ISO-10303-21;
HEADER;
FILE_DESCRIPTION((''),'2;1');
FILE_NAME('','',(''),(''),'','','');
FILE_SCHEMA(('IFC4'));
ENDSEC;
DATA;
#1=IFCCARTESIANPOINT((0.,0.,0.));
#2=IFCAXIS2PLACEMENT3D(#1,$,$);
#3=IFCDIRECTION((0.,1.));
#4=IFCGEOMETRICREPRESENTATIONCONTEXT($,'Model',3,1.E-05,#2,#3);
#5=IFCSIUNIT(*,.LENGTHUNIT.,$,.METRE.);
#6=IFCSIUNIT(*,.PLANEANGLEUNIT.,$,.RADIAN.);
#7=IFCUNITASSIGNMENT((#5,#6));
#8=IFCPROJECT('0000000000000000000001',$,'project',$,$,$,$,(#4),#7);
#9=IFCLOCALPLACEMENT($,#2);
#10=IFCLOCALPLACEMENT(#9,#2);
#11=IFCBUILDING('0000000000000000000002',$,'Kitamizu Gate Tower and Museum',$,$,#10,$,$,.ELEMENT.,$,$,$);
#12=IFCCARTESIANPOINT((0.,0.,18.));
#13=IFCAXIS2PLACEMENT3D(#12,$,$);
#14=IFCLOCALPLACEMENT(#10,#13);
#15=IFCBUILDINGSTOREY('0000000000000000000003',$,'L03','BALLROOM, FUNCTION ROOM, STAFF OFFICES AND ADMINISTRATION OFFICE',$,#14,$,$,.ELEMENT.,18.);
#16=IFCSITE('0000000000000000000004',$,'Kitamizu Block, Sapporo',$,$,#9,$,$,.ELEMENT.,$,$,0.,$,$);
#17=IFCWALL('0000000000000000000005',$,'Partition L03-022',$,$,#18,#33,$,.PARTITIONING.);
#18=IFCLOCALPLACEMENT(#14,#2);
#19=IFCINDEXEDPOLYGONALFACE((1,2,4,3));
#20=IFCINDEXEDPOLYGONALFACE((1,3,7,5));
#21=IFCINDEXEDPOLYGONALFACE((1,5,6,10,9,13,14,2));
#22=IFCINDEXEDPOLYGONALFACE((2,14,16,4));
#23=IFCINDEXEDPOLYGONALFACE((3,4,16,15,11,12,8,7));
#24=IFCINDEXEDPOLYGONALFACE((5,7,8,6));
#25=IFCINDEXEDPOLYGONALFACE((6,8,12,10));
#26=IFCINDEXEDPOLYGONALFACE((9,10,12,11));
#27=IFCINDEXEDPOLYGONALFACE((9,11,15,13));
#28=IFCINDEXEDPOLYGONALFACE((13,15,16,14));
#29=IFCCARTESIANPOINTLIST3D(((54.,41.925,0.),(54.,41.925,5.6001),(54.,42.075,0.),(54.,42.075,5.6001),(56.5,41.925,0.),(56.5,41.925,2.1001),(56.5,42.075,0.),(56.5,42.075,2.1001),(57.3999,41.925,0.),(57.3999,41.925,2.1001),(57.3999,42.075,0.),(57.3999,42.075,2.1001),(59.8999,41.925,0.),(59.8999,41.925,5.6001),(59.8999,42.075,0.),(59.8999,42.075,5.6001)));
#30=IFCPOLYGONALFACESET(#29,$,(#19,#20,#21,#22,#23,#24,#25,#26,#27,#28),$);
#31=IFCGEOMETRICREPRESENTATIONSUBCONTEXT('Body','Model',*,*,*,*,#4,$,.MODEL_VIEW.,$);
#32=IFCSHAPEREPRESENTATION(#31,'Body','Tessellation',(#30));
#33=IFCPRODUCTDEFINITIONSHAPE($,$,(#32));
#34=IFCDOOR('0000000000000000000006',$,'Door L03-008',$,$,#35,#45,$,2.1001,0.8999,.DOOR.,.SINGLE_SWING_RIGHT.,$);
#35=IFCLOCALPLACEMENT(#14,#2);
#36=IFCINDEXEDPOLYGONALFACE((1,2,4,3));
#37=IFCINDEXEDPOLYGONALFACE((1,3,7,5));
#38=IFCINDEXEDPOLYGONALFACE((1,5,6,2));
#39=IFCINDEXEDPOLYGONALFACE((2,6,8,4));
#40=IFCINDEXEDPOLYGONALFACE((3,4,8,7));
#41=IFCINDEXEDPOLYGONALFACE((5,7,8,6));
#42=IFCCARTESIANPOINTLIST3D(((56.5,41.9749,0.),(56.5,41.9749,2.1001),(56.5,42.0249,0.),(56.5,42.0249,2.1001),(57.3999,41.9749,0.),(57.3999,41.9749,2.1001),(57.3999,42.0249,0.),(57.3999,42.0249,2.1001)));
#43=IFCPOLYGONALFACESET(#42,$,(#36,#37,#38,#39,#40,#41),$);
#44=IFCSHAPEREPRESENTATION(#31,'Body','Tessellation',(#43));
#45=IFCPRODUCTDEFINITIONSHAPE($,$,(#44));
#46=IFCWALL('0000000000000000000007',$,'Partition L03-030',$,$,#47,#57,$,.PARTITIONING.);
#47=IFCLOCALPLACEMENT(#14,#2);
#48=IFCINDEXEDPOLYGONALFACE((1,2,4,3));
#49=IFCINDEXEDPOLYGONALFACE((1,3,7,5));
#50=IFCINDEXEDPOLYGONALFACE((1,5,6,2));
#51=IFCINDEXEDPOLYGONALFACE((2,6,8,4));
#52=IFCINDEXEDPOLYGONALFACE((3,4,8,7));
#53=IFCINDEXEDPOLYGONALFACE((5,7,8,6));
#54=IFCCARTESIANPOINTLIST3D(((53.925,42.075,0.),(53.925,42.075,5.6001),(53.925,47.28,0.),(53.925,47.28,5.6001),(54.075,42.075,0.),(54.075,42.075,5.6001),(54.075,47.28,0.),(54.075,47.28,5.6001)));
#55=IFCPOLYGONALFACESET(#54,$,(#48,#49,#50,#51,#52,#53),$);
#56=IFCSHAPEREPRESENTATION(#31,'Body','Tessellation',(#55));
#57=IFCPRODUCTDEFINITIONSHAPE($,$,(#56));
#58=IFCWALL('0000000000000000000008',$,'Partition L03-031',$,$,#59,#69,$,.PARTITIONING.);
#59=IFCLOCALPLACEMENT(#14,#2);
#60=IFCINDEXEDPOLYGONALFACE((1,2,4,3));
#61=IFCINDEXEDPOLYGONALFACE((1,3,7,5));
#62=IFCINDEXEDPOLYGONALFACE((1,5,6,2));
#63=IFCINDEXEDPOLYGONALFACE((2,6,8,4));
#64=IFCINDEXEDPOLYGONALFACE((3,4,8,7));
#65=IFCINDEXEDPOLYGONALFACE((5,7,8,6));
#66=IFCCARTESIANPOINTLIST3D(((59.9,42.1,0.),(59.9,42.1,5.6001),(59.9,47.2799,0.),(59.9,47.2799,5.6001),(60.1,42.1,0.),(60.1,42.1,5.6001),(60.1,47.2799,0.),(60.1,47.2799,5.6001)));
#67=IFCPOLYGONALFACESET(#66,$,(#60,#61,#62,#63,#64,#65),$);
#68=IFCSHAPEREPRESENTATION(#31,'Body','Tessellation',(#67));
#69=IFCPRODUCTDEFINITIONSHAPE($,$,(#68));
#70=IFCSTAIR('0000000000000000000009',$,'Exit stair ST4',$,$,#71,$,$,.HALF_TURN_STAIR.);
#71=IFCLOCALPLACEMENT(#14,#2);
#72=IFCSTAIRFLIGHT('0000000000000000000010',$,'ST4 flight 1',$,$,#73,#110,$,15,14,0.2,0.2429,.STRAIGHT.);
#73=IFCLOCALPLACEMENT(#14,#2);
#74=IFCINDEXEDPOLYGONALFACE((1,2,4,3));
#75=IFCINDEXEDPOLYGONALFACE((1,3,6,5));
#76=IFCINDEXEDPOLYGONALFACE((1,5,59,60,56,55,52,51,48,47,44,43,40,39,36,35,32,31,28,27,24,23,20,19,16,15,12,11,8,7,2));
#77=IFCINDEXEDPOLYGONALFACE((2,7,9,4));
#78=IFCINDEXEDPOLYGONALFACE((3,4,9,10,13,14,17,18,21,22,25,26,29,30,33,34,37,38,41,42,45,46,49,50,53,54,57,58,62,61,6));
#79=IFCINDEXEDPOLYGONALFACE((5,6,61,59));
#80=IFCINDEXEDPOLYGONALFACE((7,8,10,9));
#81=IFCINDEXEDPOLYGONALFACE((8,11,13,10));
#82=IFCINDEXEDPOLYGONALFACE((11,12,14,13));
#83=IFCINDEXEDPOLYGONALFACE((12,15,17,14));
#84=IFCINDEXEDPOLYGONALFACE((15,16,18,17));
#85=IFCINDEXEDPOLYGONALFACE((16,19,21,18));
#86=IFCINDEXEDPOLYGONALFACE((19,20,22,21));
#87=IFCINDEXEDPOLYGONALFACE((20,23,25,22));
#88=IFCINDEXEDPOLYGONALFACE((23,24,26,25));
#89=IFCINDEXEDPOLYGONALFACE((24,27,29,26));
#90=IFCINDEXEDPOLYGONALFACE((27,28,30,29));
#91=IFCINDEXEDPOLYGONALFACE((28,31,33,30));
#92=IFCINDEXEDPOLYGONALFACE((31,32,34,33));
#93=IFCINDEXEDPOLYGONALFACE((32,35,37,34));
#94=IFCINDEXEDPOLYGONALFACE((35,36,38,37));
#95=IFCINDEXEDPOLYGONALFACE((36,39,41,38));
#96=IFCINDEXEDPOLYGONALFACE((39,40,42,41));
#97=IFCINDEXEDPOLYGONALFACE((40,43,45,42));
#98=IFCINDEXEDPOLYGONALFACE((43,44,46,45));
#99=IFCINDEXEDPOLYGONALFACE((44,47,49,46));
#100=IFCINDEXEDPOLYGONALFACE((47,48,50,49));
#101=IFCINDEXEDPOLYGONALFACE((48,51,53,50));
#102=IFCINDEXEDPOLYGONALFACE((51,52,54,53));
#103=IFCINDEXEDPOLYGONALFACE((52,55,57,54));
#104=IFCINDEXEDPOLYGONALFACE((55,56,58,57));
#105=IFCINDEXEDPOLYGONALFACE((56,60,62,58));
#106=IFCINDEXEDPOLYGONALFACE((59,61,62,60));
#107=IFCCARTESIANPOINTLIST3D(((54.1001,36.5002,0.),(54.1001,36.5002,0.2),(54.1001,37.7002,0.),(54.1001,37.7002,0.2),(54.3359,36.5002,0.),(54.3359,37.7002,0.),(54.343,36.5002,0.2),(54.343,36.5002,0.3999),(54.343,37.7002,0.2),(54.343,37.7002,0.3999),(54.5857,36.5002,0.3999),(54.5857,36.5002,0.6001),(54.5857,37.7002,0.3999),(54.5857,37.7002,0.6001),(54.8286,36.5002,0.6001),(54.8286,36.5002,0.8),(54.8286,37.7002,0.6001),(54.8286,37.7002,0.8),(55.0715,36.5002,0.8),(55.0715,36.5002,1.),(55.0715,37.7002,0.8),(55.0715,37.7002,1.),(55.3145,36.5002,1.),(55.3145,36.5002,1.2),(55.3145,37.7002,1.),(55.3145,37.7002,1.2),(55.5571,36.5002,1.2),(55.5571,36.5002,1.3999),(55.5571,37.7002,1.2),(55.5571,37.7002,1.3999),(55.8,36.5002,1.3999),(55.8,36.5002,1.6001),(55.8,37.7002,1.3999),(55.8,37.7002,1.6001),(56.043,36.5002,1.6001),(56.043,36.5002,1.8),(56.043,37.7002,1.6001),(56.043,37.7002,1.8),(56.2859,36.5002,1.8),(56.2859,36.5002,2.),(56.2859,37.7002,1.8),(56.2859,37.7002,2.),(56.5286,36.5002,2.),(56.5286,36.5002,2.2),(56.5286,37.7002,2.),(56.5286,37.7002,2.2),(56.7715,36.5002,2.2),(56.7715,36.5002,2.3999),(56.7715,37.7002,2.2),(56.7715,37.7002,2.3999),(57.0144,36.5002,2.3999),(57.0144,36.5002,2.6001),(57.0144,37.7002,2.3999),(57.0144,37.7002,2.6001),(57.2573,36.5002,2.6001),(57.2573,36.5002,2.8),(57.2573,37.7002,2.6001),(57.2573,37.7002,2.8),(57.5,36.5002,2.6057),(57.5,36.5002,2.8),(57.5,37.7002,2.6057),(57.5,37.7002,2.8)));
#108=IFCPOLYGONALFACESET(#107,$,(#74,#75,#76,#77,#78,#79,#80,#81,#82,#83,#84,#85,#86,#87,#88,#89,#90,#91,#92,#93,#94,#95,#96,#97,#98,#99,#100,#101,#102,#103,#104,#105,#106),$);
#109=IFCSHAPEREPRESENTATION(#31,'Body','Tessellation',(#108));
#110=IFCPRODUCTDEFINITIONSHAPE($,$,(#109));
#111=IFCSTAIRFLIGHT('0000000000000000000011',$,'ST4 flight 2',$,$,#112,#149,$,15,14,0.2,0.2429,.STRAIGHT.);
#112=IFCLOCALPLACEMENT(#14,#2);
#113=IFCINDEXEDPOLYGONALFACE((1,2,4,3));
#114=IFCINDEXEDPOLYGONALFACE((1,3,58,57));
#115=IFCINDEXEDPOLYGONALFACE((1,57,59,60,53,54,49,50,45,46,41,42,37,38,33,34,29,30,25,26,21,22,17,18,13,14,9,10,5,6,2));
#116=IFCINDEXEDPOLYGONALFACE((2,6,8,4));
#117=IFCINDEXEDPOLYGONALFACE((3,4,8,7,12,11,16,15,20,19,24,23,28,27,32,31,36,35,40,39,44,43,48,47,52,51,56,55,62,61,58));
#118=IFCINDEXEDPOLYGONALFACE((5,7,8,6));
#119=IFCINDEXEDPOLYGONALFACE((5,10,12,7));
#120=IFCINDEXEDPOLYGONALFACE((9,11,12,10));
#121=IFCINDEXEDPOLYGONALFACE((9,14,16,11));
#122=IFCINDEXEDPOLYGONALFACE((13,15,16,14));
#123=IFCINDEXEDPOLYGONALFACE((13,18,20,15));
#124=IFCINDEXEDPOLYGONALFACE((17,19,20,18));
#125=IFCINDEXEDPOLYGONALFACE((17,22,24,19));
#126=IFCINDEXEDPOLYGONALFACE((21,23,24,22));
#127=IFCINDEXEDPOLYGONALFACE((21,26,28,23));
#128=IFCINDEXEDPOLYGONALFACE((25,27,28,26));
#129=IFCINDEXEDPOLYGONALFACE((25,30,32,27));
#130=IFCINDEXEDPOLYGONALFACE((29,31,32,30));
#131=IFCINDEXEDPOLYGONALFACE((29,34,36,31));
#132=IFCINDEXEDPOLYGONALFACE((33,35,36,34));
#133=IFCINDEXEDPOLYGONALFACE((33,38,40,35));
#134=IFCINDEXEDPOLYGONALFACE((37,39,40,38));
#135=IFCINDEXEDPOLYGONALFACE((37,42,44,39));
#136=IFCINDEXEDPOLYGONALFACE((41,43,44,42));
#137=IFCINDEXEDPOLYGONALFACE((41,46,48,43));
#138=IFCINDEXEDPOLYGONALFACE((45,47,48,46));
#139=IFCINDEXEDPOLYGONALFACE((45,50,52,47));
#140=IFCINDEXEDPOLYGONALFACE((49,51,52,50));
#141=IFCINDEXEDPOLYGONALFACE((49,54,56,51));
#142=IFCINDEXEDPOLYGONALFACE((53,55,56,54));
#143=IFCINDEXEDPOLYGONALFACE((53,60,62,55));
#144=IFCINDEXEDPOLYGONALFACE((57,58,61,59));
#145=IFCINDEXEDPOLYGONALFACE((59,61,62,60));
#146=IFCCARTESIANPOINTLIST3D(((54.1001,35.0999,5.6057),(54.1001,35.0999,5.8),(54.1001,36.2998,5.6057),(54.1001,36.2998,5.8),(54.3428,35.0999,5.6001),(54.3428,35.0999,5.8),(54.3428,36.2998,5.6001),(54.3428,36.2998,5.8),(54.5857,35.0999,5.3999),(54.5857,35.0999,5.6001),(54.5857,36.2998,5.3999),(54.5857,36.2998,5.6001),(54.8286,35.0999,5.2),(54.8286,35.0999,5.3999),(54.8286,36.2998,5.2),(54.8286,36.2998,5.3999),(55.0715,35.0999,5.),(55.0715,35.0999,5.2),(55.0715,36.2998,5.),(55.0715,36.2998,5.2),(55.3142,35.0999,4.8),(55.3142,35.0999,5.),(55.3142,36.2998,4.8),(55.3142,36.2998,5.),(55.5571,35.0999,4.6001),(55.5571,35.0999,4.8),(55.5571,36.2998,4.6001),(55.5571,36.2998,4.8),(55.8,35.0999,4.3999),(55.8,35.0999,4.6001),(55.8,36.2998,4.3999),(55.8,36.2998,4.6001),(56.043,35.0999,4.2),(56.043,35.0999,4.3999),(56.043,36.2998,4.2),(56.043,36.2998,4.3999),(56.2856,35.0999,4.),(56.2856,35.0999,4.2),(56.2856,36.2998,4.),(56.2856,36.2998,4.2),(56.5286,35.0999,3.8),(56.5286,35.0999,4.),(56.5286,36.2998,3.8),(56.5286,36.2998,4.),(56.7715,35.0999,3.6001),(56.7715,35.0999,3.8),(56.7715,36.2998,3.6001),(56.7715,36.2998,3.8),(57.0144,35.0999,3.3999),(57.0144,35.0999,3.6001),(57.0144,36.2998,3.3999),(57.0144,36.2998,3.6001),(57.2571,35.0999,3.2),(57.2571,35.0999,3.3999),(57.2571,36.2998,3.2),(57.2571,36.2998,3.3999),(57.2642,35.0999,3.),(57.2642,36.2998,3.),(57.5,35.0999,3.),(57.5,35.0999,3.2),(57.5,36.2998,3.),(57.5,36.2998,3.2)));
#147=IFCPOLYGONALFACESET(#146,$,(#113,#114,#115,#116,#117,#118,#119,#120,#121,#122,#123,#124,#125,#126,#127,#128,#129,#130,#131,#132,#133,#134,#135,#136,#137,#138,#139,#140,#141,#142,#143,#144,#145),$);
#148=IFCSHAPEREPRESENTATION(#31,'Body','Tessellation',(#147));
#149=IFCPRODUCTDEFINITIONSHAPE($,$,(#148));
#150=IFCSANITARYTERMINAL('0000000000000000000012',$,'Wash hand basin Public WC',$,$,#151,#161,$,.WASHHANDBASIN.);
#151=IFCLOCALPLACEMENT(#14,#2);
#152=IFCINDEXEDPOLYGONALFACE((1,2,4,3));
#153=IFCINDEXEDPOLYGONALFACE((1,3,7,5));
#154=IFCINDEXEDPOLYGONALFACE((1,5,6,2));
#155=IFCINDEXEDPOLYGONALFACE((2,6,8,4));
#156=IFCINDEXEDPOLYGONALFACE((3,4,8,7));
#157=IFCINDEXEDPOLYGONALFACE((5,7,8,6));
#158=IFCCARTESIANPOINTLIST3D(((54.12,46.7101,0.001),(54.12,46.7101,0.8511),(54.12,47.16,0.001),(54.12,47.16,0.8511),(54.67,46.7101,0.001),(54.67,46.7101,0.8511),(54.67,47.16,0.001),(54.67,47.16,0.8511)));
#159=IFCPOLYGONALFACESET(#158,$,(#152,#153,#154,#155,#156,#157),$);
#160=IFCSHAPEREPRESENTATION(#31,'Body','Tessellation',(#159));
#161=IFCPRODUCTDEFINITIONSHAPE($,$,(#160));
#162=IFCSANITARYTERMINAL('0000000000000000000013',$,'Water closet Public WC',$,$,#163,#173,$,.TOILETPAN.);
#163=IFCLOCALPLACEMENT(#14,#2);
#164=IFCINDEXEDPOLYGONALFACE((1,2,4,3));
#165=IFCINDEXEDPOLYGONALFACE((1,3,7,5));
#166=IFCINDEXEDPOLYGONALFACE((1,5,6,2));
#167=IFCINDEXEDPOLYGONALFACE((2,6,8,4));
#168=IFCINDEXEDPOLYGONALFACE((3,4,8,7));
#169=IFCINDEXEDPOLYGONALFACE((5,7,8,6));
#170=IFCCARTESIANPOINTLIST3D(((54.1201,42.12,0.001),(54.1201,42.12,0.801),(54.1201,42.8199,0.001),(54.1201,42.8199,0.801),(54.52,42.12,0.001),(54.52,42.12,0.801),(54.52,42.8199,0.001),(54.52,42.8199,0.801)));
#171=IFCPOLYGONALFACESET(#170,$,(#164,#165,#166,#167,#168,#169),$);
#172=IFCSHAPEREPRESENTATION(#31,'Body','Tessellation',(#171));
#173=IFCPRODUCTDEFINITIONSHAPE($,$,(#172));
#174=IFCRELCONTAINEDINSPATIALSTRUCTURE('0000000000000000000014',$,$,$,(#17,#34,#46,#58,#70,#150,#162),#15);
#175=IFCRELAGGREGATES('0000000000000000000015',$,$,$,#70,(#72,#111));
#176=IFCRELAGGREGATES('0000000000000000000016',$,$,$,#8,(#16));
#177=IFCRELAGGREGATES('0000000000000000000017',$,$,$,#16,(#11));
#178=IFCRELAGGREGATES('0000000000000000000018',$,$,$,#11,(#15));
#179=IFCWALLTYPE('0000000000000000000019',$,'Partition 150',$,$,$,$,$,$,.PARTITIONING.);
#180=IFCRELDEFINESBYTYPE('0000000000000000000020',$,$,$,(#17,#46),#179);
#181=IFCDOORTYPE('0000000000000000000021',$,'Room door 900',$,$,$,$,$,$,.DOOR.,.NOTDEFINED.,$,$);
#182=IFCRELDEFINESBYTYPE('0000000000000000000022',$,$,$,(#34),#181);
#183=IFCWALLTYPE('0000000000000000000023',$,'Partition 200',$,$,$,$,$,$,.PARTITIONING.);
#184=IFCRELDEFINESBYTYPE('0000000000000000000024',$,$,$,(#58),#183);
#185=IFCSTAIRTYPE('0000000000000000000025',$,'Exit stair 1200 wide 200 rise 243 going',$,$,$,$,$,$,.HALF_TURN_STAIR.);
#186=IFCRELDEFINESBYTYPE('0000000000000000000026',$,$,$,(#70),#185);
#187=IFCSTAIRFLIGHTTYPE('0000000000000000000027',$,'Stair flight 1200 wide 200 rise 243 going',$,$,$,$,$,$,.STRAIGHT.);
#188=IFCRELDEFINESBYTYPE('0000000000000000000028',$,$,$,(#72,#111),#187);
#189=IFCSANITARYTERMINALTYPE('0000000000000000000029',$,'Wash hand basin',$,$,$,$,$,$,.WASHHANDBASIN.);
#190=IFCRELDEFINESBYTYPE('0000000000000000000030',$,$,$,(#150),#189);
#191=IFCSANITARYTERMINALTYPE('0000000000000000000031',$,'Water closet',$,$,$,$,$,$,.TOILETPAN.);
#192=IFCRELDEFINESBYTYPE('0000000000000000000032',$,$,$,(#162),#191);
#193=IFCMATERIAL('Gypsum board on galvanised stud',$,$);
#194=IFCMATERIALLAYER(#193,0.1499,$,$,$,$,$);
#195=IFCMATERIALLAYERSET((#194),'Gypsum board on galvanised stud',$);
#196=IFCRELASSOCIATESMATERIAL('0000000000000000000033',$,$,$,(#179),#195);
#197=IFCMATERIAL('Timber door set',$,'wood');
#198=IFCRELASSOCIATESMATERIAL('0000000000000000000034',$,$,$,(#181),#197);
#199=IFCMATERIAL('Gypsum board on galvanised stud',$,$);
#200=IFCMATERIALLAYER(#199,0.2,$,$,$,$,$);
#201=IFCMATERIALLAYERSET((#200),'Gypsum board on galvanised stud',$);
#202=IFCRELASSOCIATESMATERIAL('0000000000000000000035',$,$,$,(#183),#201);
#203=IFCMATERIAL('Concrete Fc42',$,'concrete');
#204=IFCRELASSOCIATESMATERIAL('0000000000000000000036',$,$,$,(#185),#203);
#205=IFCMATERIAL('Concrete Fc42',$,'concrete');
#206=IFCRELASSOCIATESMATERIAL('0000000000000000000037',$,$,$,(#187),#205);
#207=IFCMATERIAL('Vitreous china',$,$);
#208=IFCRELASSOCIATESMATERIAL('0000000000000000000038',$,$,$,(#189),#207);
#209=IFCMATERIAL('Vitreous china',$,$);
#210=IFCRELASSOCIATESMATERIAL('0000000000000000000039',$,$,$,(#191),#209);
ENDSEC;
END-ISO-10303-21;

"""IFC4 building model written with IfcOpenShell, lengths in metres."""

from ifc_helpers import new_model, si_unit, direction, frame, frame_2d, origin, origin_2d, place, context, subcontext, project, spatial, polyline, rectangle, outline, extrude, material, layer, layer_set, type_object, element, fill, aggregate, save


model = new_model("IFC4")

# Units and contexts
model_context = context("Model", 3, precision=1e-05, world=origin(), true_north=direction((0.0, 1.0)))
body_context = subcontext(model_context, "Body", "Model", "MODEL_VIEW")
ifc_project = project(units=[si_unit("LENGTHUNIT", "METRE"), si_unit("PLANEANGLEUNIT", "RADIAN")], contexts=[model_context])

# Site, building, storey
site_placement = place(None, origin())
site = spatial("IfcSite", under=ifc_project, at=site_placement, Name="Kitamizu Block, Sapporo", CompositionType="ELEMENT", RefElevation=0.0)
building_placement = place(site_placement, origin())
building = spatial("IfcBuilding", under=site, at=building_placement, Name="Kitamizu Gate Tower and Museum", CompositionType="ELEMENT")
storey_placement = place(building_placement, frame((0.0, 0.0, 18.0)))
storey = spatial("IfcBuildingStorey", under=building, at=storey_placement, Name="L03", Description="BALLROOM, FUNCTION ROOM, STAFF OFFICES AND ADMINISTRATION OFFICE", CompositionType="ELEMENT", Elevation=18.0)

# Shared definitions
ifc_material_1 = material(Name="Gypsum board on galvanised stud")
ifc_layer_1 = layer(ifc_material_1, 0.1499)
ifc_layer_set_1 = layer_set([ifc_layer_1], Name="Gypsum board on galvanised stud")
wall_type_1 = type_object("IfcWallType", Name="Partition 150", PredefinedType="PARTITIONING", material=ifc_layer_set_1)

# Wall, opening, door
ifc_material_2 = material(Name="Timber door set", Category="wood")
door_type_1 = type_object("IfcDoorType", Name="Room door 900", OperationType="NOTDEFINED", PredefinedType="DOOR", material=ifc_material_2)
wall_1_placement = place(storey_placement, frame((59.8999, 42.0, 0.0), z_axis=(0.0, 0.0, 1.0), x_axis=(-1.0, 0.0, 0.0)))
wall_1 = element("IfcWall", 1, at=wall_1_placement, inside=storey, type_object=wall_type_1, Name="Partition L03-022", PredefinedType="PARTITIONING", context=body_context, shape_type="SweptSolid", body=[
    extrude(rectangle(XDim=5.8999, YDim=0.1499, at=frame_2d((2.95, 0.0))), origin(), (0.0, 0.0, 1.0), 5.6001),
])
opening_1_placement = place(wall_1_placement, frame((2.5, 0.0, 0.0)))
opening_1 = element("IfcOpeningElement", 2, at=opening_1_placement, cuts=wall_1, PredefinedType="OPENING", context=body_context, shape_type="SweptSolid", body=[
    extrude(rectangle(XDim=0.8999, YDim=2.1001, at=frame_2d((0.45, 1.05))), frame((0.0, 0.085, 0.0), z_axis=(0.0, -1.0, 0.0), x_axis=(1.0, 0.0, 0.0)), (0.0, 0.0, 1.0), 0.1699),
])
door_1_placement = place(opening_1_placement, frame((0.8999, 0.0, 0.0), x_axis=(-1.0, 0.0, 0.0)))
door_1 = element("IfcDoor", 3, at=door_1_placement, inside=storey, type_object=door_type_1, Name="Door L03-008", OperationType="SINGLE_SWING_RIGHT", OverallHeight=2.1001, OverallWidth=0.8999, PredefinedType="DOOR", context=body_context, shape_type="SweptSolid", body=[
    extrude(rectangle(XDim=0.8999, YDim=2.1001, at=frame_2d((0.45, 1.05))), frame((0.0, 0.0249, 0.0), z_axis=(0.0, -1.0, 0.0), x_axis=(1.0, 0.0, 0.0)), (0.0, 0.0, 1.0), 0.05),
])
fill(opening_1, door_1)

# Walls
wall_2_placement = place(storey_placement, frame((54.0, 42.075, 0.0), z_axis=(0.0, 0.0, 1.0), x_axis=(0.0, 1.0, 0.0)))
element("IfcWall", 4, at=wall_2_placement, inside=storey, type_object=wall_type_1, Name="Partition L03-030", PredefinedType="PARTITIONING", context=body_context, shape_type="SweptSolid", body=[
    extrude(rectangle(XDim=5.2051, YDim=0.1499, at=frame_2d((2.6025, 0.0))), origin(), (0.0, 0.0, 1.0), 5.6001),
])
ifc_material_3 = material(Name="Gypsum board on galvanised stud")
ifc_layer_2 = layer(ifc_material_3, 0.2)
ifc_layer_set_2 = layer_set([ifc_layer_2], Name="Gypsum board on galvanised stud")
wall_type_2 = type_object("IfcWallType", Name="Partition 200", PredefinedType="PARTITIONING", material=ifc_layer_set_2)
wall_3_placement = place(storey_placement, frame((60.0, 42.1001, 0.0), z_axis=(0.0, 0.0, 1.0), x_axis=(0.0, 1.0, 0.0)))
element("IfcWall", 5, at=wall_3_placement, inside=storey, type_object=wall_type_2, Name="Partition L03-031", PredefinedType="PARTITIONING", context=body_context, shape_type="SweptSolid", body=[
    extrude(rectangle(XDim=5.1799, YDim=0.2, at=frame_2d((2.5898, 0.0))), origin(), (0.0, 0.0, 1.0), 5.6001),
])

# Stair, stair flights
ifc_material_4 = material(Name="Concrete Fc42", Category="concrete")
stair_type = type_object("IfcStairType", Name="Exit stair 1200 wide 200 rise 243 going", PredefinedType="HALF_TURN_STAIR", material=ifc_material_4)
stair_placement = place(storey_placement, origin())
stair = element("IfcStair", 6, at=stair_placement, inside=storey, type_object=stair_type, Name="Exit stair ST4", PredefinedType="HALF_TURN_STAIR")
ifc_material_5 = material(Name="Concrete Fc42", Category="concrete")
stair_flight_type = type_object("IfcStairFlightType", Name="Stair flight 1200 wide 200 rise 243 going", PredefinedType="STRAIGHT", material=ifc_material_5)
stair_flight_1_placement = place(storey_placement, frame((54.1001, 37.1001, 0.0), z_axis=(0.0, 0.0, 1.0), x_axis=(1.0, 0.0, 0.0)))
stair_flight_1 = element("IfcStairFlight", 7, at=stair_flight_1_placement, type_object=stair_flight_type, Name="ST4 flight 1", NumberOfRisers=15, NumberOfTreads=14, PredefinedType="STRAIGHT", RiserHeight=0.2, TreadLength=0.2429, context=body_context, shape_type="SweptSolid", body=[
    extrude(outline(polyline([(0.0, 0.0), (0.0, 0.2), (0.2429, 0.2), (0.2429, 0.3999), (0.4856, 0.3999), (0.4856, 0.6001), (0.7285, 0.6001), (0.7285, 0.8), (0.9714, 0.8), (0.9714, 1.0), (1.2144, 1.0), (1.2144, 1.2), (1.457, 1.2), (1.457, 1.3999), (1.7, 1.3999), (1.7, 1.6001), (1.9429, 1.6001), (1.9429, 1.8), (2.1858, 1.8), (2.1858, 2.0), (2.4285, 2.0), (2.4285, 2.2), (2.6714, 2.2), (2.6714, 2.3999), (2.9143, 2.3999), (2.9143, 2.6001), (3.1572, 2.6001), (3.1572, 2.8), (3.3999, 2.8), (3.3999, 3.0), (3.3999, 2.6057), (0.2358, 0.0), (0.0, 0.0)])), frame((0.0, 0.6001, 0.0), z_axis=(0.0, -1.0, 0.0), x_axis=(1.0, 0.0, 0.0)), (0.0, 0.0, 1.0), 1.2),
])
stair_flight_2_placement = place(storey_placement, frame((57.5, 35.7, 3.0), z_axis=(0.0, 0.0, 1.0), x_axis=(-1.0, 0.0, 0.0)))
stair_flight_2 = element("IfcStairFlight", 8, at=stair_flight_2_placement, type_object=stair_flight_type, Name="ST4 flight 2", NumberOfRisers=15, NumberOfTreads=14, PredefinedType="STRAIGHT", RiserHeight=0.2, TreadLength=0.2429, context=body_context, shape_type="SweptSolid", body=[
    extrude(outline(polyline([(0.0, 0.0), (0.0, 0.2), (0.2429, 0.2), (0.2429, 0.3999), (0.4856, 0.3999), (0.4856, 0.6001), (0.7285, 0.6001), (0.7285, 0.8), (0.9714, 0.8), (0.9714, 1.0), (1.2144, 1.0), (1.2144, 1.2), (1.457, 1.2), (1.457, 1.3999), (1.7, 1.3999), (1.7, 1.6001), (1.9429, 1.6001), (1.9429, 1.8), (2.1858, 1.8), (2.1858, 2.0), (2.4285, 2.0), (2.4285, 2.2), (2.6714, 2.2), (2.6714, 2.3999), (2.9143, 2.3999), (2.9143, 2.6001), (3.1572, 2.6001), (3.1572, 2.8), (3.3999, 2.8), (3.3999, 3.0), (3.3999, 2.6057), (0.2358, 0.0), (0.0, 0.0)])), frame((0.0, 0.6001, 0.0), z_axis=(0.0, -1.0, 0.0), x_axis=(1.0, 0.0, 0.0)), (0.0, 0.0, 1.0), 1.2),
])
aggregate(stair, [stair_flight_1, stair_flight_2])

# Sanitary terminals
ifc_material_6 = material(Name="Vitreous china")
sanitary_terminal_type_1 = type_object("IfcSanitaryTerminalType", Name="Wash hand basin", PredefinedType="WASHHANDBASIN", material=ifc_material_6)
sanitary_terminal_1_placement = place(storey_placement, frame((54.395, 46.9351, 0.001), z_axis=(0.0, 0.0, 1.0), x_axis=(1.0, 0.0, 0.0)))
element("IfcSanitaryTerminal", 9, at=sanitary_terminal_1_placement, inside=storey, type_object=sanitary_terminal_type_1, Name="Wash hand basin Public WC", PredefinedType="WASHHANDBASIN", context=body_context, shape_type="SweptSolid", body=[
    extrude(rectangle(XDim=0.55, YDim=0.45, at=origin_2d()), origin(), (0.0, 0.0, 1.0), 0.8501),
])
ifc_material_7 = material(Name="Vitreous china")
sanitary_terminal_type_2 = type_object("IfcSanitaryTerminalType", Name="Water closet", PredefinedType="TOILETPAN", material=ifc_material_7)
sanitary_terminal_2_placement = place(storey_placement, frame((54.3201, 42.47, 0.001), z_axis=(0.0, 0.0, 1.0), x_axis=(1.0, 0.0, 0.0)))
element("IfcSanitaryTerminal", 10, at=sanitary_terminal_2_placement, inside=storey, type_object=sanitary_terminal_type_2, Name="Water closet Public WC", PredefinedType="TOILETPAN", context=body_context, shape_type="SweptSolid", body=[
    extrude(rectangle(XDim=0.3999, YDim=0.7, at=origin_2d()), origin(), (0.0, 0.0, 1.0), 0.8),
])

save(model, "model.ifc")
